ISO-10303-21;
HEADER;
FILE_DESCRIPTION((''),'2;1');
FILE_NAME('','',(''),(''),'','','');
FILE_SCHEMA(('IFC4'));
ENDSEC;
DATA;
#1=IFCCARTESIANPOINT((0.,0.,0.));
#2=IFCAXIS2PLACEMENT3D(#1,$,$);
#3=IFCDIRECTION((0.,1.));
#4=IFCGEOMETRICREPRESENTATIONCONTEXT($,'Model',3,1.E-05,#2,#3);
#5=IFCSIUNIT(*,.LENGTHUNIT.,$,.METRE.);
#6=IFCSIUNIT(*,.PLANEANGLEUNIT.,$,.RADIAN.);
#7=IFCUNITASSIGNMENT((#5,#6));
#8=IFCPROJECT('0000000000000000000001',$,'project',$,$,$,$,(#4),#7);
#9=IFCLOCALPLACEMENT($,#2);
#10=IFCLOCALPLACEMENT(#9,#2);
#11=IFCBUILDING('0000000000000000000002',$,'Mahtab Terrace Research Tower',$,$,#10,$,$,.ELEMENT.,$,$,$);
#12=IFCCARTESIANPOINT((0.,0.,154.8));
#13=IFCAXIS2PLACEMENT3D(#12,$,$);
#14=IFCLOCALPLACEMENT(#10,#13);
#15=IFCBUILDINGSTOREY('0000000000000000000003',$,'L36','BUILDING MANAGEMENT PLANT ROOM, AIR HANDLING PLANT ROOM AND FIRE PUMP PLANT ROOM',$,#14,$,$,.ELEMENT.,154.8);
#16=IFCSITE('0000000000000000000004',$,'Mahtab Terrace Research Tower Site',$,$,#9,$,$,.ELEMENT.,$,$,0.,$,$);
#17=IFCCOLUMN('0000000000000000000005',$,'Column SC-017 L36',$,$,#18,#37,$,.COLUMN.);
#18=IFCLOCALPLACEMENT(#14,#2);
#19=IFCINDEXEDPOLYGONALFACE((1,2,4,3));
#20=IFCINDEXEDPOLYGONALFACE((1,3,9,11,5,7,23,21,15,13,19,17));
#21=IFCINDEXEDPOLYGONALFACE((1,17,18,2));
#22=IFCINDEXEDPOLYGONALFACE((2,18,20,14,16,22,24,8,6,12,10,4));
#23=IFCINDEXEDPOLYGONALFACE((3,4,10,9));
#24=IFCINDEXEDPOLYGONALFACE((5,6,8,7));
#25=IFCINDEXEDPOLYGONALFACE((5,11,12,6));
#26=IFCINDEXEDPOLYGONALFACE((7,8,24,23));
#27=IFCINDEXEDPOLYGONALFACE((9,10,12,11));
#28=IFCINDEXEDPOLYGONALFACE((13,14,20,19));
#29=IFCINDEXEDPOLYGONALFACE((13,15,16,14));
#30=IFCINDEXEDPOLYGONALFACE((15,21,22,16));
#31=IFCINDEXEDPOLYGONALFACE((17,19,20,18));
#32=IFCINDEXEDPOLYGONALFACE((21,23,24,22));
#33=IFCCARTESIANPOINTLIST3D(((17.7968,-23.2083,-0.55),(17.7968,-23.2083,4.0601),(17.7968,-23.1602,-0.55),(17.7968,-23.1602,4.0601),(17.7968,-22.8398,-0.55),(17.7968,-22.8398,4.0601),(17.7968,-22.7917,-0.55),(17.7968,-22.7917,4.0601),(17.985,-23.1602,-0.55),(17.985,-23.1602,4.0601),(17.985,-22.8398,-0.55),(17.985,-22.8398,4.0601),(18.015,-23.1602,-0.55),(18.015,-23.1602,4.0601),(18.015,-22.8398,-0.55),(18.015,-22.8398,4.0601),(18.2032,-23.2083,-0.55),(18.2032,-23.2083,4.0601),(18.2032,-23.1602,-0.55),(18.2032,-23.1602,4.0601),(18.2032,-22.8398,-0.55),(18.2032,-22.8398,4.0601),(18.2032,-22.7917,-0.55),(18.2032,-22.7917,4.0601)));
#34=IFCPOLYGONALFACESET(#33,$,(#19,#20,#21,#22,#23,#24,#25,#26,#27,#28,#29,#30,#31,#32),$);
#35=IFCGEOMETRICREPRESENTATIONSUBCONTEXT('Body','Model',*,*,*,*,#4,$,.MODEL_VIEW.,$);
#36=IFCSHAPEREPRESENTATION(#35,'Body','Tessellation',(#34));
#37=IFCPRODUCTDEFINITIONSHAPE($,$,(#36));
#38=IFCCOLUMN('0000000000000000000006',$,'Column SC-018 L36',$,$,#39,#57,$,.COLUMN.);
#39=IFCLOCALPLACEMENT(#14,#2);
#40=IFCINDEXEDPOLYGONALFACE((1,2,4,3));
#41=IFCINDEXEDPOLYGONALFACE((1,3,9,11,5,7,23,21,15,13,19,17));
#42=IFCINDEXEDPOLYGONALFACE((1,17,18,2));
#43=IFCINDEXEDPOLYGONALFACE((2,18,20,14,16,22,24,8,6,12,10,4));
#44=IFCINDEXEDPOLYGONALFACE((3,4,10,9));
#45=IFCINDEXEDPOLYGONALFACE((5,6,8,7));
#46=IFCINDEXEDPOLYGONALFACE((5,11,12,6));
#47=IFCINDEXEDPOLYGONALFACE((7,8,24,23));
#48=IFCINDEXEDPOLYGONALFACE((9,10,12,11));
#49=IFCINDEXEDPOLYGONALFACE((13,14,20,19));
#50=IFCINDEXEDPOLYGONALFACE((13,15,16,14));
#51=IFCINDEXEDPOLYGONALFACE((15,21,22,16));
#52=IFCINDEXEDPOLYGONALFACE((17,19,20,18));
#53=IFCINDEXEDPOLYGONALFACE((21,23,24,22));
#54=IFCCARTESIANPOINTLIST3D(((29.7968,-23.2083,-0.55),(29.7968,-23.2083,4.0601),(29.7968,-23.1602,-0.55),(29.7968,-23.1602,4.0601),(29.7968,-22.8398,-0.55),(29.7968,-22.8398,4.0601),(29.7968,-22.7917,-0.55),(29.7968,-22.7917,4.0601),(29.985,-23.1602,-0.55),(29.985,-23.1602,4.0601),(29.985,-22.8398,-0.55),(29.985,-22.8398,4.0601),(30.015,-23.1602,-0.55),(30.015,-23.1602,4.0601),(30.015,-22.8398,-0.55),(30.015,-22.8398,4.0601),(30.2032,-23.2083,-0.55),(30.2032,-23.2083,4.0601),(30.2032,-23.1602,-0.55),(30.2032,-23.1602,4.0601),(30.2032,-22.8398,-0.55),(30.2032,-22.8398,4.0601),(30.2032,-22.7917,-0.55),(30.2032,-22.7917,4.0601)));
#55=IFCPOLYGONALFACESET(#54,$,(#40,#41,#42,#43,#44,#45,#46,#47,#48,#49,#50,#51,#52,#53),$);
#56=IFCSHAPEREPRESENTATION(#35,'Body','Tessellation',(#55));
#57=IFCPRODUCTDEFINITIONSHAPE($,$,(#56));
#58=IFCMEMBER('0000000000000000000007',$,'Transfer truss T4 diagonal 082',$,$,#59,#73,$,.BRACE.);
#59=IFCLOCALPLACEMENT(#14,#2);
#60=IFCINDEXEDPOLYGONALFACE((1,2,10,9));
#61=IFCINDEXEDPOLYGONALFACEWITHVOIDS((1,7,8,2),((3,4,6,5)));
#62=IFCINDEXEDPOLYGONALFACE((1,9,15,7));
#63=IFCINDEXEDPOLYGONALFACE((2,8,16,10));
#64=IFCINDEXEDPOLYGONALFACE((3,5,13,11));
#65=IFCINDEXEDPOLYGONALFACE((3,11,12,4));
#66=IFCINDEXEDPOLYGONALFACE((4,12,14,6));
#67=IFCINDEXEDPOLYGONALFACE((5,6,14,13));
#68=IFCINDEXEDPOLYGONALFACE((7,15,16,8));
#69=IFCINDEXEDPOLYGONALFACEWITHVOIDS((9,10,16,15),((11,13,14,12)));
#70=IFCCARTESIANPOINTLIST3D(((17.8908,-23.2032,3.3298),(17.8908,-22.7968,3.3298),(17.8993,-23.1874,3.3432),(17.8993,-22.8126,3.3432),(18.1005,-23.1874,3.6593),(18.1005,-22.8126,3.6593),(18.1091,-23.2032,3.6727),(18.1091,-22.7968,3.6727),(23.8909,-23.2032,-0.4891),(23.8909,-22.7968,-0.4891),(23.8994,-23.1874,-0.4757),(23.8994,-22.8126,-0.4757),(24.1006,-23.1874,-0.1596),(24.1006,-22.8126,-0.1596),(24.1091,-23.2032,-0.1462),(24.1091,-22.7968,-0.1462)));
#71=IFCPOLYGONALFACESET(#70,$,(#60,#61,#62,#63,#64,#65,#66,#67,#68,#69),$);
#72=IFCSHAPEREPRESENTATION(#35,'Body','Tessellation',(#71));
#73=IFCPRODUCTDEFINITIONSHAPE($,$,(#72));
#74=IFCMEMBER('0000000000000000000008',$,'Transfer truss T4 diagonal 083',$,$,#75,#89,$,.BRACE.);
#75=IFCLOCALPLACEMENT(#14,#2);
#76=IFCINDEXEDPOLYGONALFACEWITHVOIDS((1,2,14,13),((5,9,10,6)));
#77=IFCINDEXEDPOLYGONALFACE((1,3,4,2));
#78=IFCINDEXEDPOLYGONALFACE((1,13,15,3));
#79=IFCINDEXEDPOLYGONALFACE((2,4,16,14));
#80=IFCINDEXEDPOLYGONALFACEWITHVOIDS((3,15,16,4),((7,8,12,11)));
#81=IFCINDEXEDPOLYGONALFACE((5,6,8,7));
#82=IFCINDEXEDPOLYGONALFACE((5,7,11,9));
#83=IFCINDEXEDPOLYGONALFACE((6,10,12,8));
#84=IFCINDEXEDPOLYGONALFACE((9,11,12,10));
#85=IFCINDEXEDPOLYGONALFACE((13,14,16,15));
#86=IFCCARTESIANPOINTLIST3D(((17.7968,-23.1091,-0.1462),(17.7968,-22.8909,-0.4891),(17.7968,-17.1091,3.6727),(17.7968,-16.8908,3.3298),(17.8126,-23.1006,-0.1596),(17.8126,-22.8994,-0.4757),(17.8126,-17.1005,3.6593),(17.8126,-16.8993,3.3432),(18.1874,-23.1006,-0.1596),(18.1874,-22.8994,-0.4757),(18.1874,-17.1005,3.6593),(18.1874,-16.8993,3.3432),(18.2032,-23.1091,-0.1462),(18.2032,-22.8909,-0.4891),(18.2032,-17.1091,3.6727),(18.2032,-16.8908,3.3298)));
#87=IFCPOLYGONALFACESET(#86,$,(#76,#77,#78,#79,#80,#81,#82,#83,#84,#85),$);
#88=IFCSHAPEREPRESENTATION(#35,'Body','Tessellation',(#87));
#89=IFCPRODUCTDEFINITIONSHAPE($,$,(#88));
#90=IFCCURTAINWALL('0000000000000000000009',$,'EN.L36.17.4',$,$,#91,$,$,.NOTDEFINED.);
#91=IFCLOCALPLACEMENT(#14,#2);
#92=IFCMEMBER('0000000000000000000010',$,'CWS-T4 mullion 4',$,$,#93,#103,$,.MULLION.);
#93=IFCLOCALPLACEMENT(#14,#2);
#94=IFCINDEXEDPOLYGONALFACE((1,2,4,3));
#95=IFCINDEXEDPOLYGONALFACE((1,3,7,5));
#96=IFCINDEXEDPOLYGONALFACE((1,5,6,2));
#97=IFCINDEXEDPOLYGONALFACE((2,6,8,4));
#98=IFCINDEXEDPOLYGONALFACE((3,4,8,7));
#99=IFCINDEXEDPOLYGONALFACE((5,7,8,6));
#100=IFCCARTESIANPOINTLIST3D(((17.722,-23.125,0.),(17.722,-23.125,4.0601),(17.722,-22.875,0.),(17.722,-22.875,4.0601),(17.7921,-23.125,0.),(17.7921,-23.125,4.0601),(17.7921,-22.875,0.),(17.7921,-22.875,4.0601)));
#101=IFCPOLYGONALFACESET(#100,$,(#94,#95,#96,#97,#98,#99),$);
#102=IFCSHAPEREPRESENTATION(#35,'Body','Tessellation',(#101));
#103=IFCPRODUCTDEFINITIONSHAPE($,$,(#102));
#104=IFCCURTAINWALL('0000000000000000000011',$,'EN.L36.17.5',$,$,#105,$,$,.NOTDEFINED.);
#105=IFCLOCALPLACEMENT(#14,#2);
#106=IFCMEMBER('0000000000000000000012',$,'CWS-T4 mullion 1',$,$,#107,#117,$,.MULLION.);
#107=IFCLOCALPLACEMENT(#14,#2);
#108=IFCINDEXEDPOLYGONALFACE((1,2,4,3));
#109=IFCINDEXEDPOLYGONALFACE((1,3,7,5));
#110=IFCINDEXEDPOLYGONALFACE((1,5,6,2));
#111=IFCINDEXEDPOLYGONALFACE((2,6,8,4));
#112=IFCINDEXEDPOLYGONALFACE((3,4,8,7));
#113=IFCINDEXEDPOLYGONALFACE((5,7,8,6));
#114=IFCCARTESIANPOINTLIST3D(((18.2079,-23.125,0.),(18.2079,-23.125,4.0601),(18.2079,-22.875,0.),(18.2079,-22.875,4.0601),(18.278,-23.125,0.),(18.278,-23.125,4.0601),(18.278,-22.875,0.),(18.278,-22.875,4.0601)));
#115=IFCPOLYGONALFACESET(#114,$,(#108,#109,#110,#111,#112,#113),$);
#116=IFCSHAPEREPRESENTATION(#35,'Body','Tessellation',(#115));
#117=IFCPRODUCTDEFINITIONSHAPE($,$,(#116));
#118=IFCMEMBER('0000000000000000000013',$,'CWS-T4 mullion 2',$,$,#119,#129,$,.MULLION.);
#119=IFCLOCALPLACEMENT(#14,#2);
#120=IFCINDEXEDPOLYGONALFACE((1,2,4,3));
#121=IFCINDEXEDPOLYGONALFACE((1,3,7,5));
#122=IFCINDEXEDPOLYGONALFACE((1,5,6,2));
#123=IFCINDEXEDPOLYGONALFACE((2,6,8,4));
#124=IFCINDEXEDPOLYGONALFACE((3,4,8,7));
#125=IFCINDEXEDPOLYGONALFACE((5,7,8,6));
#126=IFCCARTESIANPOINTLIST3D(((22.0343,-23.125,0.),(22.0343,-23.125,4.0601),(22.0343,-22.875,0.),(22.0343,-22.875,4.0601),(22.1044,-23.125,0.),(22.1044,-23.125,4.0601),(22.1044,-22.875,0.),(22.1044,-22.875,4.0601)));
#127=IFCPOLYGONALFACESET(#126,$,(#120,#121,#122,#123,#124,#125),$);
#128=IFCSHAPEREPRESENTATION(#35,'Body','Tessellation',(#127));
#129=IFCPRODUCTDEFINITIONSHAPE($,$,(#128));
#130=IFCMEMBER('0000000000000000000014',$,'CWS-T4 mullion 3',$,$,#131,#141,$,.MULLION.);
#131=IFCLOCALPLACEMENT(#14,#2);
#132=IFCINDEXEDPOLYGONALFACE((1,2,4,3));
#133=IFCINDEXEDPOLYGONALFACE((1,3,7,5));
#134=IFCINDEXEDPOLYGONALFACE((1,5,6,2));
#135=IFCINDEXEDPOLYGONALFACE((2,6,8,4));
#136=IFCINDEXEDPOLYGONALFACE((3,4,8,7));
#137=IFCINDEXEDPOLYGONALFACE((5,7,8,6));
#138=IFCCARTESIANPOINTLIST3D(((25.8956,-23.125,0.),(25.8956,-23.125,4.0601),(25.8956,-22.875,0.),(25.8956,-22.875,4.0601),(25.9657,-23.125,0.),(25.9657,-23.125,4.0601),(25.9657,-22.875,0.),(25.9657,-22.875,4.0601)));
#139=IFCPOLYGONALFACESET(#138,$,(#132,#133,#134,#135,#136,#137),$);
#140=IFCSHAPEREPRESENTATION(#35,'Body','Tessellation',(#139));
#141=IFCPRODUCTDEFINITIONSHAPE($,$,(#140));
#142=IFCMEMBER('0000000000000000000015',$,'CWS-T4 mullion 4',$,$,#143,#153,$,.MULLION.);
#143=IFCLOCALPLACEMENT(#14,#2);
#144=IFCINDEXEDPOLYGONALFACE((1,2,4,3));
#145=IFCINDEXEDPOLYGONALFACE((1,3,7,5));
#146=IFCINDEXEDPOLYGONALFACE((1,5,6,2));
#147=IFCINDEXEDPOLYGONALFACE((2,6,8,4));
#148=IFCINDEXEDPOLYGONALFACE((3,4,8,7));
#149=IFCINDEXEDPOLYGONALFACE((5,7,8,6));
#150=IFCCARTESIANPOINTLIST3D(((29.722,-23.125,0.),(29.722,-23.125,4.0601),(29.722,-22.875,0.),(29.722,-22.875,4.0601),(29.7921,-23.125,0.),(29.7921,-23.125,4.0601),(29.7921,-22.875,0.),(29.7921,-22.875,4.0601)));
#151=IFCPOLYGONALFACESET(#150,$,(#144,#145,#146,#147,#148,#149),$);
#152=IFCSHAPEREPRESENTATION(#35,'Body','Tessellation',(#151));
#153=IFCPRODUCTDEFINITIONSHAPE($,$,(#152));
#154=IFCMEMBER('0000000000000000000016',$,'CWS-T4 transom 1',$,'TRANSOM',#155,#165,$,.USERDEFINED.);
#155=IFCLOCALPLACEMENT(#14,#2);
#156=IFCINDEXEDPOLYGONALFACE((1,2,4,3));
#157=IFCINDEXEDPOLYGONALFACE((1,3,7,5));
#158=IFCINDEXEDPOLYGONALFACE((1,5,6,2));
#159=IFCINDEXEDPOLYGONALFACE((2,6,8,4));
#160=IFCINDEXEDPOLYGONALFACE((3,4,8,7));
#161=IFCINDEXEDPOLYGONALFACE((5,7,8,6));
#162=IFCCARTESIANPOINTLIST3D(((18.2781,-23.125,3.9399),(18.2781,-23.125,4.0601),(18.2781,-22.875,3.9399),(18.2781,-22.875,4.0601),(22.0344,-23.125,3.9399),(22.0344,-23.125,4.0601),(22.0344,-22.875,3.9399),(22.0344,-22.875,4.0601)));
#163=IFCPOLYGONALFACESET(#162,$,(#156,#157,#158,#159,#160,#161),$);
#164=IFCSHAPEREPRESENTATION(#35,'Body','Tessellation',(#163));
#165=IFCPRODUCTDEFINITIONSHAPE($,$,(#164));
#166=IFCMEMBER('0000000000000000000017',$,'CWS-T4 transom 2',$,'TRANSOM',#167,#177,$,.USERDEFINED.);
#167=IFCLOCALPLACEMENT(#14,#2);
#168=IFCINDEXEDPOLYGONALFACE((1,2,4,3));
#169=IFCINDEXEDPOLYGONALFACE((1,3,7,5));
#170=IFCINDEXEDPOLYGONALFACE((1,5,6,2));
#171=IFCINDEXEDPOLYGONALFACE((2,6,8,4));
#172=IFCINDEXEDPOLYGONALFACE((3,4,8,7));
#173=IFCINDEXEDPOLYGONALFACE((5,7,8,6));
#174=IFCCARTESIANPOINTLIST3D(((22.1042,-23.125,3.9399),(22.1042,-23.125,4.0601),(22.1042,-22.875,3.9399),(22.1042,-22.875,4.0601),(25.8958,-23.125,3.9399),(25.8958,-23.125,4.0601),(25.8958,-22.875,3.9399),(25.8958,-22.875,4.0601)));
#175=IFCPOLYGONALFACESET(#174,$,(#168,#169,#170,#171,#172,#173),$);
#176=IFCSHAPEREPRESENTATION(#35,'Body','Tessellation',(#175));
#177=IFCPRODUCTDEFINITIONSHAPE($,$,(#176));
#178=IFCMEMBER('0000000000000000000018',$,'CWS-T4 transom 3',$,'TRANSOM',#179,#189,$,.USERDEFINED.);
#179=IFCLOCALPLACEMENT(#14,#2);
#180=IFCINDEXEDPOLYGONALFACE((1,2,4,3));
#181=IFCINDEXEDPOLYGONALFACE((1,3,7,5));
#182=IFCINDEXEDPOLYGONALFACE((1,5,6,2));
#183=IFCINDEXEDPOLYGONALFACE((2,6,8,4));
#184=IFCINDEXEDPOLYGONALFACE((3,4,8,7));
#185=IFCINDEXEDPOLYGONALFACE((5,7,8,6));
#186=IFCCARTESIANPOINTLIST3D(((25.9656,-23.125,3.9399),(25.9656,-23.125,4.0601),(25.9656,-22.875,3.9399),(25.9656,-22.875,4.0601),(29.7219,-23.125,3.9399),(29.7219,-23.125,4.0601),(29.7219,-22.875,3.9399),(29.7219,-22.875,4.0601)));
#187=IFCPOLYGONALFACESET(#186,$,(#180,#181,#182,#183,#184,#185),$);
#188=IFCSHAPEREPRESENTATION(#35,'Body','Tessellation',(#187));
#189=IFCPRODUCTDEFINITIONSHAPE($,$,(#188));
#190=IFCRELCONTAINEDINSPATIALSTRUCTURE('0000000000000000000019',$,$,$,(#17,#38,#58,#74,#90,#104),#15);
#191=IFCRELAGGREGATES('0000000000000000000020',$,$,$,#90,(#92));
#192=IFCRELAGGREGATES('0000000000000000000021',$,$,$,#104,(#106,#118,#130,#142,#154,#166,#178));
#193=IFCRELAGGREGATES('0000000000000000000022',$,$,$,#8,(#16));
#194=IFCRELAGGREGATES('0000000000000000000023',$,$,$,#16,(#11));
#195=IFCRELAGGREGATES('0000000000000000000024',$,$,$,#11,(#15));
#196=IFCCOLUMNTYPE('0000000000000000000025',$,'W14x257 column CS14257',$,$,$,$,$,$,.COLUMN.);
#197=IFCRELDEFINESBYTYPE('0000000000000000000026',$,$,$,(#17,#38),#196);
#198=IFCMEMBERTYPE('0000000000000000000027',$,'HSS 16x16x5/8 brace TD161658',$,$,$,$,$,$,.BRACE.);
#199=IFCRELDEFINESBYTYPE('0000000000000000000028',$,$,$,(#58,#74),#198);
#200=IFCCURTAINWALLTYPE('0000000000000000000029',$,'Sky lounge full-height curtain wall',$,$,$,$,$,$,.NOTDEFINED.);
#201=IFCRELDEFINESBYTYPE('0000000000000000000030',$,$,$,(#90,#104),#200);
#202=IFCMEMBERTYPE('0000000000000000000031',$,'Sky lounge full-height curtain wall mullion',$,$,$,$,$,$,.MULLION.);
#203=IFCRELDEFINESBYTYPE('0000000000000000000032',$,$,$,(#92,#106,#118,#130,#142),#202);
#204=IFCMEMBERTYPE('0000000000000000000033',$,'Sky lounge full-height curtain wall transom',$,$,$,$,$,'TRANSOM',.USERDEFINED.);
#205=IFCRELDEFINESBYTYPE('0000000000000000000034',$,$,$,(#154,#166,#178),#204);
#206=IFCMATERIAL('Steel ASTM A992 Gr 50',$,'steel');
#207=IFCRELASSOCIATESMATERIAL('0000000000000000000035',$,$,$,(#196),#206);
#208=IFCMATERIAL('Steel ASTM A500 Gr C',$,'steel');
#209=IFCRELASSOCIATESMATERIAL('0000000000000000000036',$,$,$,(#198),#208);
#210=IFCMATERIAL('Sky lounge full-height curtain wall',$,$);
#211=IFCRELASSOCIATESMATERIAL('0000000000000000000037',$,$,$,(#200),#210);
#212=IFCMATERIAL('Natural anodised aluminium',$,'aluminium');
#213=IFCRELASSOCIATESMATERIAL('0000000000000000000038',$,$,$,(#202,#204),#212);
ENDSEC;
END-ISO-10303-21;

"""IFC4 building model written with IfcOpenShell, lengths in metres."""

from ifc_helpers import new_model, si_unit, direction, frame, origin, origin_2d, place, context, subcontext, project, spatial, rectangle, hollow_rectangle, i_section, extrude, material, material_profile, profile_set, type_object, element, aggregate, save


model = new_model("IFC4")

# Units and contexts
model_context = context("Model", 3, precision=1e-05, world=origin(), true_north=direction((0.0, 1.0)))
body_context = subcontext(model_context, "Body", "Model", "MODEL_VIEW")
ifc_project = project(units=[si_unit("LENGTHUNIT", "METRE"), si_unit("PLANEANGLEUNIT", "RADIAN")], contexts=[model_context])

# Site, building, storey
site_placement = place(None, origin())
site = spatial("IfcSite", under=ifc_project, at=site_placement, Name="Mahtab Terrace Research Tower Site", CompositionType="ELEMENT", RefElevation=0.0)
building_placement = place(site_placement, origin())
building = spatial("IfcBuilding", under=site, at=building_placement, Name="Mahtab Terrace Research Tower", CompositionType="ELEMENT")
storey_placement = place(building_placement, frame((0.0, 0.0, 154.8)))
storey = spatial("IfcBuildingStorey", under=building, at=storey_placement, Name="L36", Description="BUILDING MANAGEMENT PLANT ROOM, AIR HANDLING PLANT ROOM AND FIRE PUMP PLANT ROOM", CompositionType="ELEMENT", Elevation=154.8)

# Columns
ifc_material_1 = material(Name="Steel ASTM A992 Gr 50", Category="steel")
ifc_material_profile_1 = material_profile(ifc_material_1, i_section(OverallWidth=0.4065, OverallDepth=0.4165, WebThickness=0.03, FlangeThickness=0.0481, at=origin_2d()), Name="W14X257")
ifc_profile_set_1 = profile_set([ifc_material_profile_1], Name="Steel ASTM A992 Gr 50")
column_type = type_object("IfcColumnType", Name="W14x257 column CS14257", PredefinedType="COLUMN", material=ifc_profile_set_1)
for number, where, z_axis, x_axis, name in (
    (1, (18.0, -23.0, -0.55), (0.0, 0.0, 1.0), (1.0, 0.0, 0.0), "Column SC-017 L36"),
    (2, (30.0, -23.0, -0.55), (0.0, 0.0, 1.0), (1.0, 0.0, 0.0), "Column SC-018 L36"),
):
    element("IfcColumn", number, at=place(storey_placement, frame(where, z_axis=z_axis, x_axis=x_axis)), inside=storey, type_object=column_type, Name=name, PredefinedType="COLUMN", context=body_context, shape_type="SweptSolid", body=[
        extrude(i_section(OverallWidth=0.4065, OverallDepth=0.4165, WebThickness=0.03, FlangeThickness=0.0481, at=origin_2d()), origin(), (0.0, 0.0, 1.0), 4.6101),
    ])

# Members
ifc_material_2 = material(Name="Steel ASTM A500 Gr C", Category="steel")
ifc_material_profile_2 = material_profile(ifc_material_2, hollow_rectangle(XDim=0.4065, YDim=0.4065, WallThickness=0.0159, at=origin_2d()), Name="HSS16X16X5/8")
ifc_profile_set_2 = profile_set([ifc_material_profile_2], Name="Steel ASTM A500 Gr C")
member_type_1 = type_object("IfcMemberType", Name="HSS 16x16x5/8 brace TD161658", PredefinedType="BRACE", material=ifc_profile_set_2)
for number, where, z_axis, x_axis, name in (
    (3, (24.0, -23.0, -0.3176), (-0.843619, 0.0, 0.536942), (0.0, -1.0, 0.0), "Transfer truss T4 diagonal 082"),
    (4, (18.0, -23.0, -0.3176), (0.0, 0.843619, 0.536942), (-1.0, 0.0, 0.0), "Transfer truss T4 diagonal 083"),
):
    element("IfcMember", number, at=place(storey_placement, frame(where, z_axis=z_axis, x_axis=x_axis)), inside=storey, type_object=member_type_1, Name=name, PredefinedType="BRACE", context=body_context, shape_type="SweptSolid", body=[
        extrude(hollow_rectangle(XDim=0.4065, YDim=0.4065, WallThickness=0.0159, at=origin_2d()), origin(), (0.0, 0.0, 1.0), 7.1123),
    ])

# Curtain wall, member
ifc_material_3 = material(Name="Sky lounge full-height curtain wall")
curtain_wall_type = type_object("IfcCurtainWallType", Name="Sky lounge full-height curtain wall", PredefinedType="NOTDEFINED", material=ifc_material_3)
curtain_wall_1_placement = place(storey_placement, origin())
curtain_wall_1 = element("IfcCurtainWall", 5, at=curtain_wall_1_placement, inside=storey, type_object=curtain_wall_type, Name="EN.L36.17.4", PredefinedType="NOTDEFINED")
ifc_material_4 = material(Name="Natural anodised aluminium", Category="aluminium")
ifc_material_profile_3 = material_profile(ifc_material_4, rectangle(XDim=0.25, YDim=0.0701, at=origin_2d()), Name="MULLION 70x250")
ifc_profile_set_3 = profile_set([ifc_material_profile_3], Name="Natural anodised aluminium")
member_type_2 = type_object("IfcMemberType", Name="Sky lounge full-height curtain wall mullion", PredefinedType="MULLION", material=ifc_profile_set_3)
member_1_placement = place(storey_placement, frame((17.7571, -23.0, 0.0), z_axis=(0.0, 0.0, 1.0), x_axis=(0.0, 1.0, 0.0)))
member_1 = element("IfcMember", 6, at=member_1_placement, type_object=member_type_2, Name="CWS-T4 mullion 4", PredefinedType="MULLION", context=body_context, shape_type="SweptSolid", body=[
    extrude(rectangle(XDim=0.25, YDim=0.0701, at=origin_2d()), origin(), (0.0, 0.0, 1.0), 4.0601),
])
aggregate(curtain_wall_1, [member_1])

# Curtain wall, members
curtain_wall_2_placement = place(storey_placement, origin())
curtain_wall_2 = element("IfcCurtainWall", 7, at=curtain_wall_2_placement, inside=storey, type_object=curtain_wall_type, Name="EN.L36.17.5", PredefinedType="NOTDEFINED")
member_2_placement = place(storey_placement, frame((18.2429, -23.0, 0.0), z_axis=(0.0, 0.0, 1.0), x_axis=(0.0, 1.0, 0.0)))
member_2 = element("IfcMember", 8, at=member_2_placement, type_object=member_type_2, Name="CWS-T4 mullion 1", PredefinedType="MULLION", context=body_context, shape_type="SweptSolid", body=[
    extrude(rectangle(XDim=0.25, YDim=0.0701, at=origin_2d()), origin(), (0.0, 0.0, 1.0), 4.0601),
])
member_3_placement = place(storey_placement, frame((22.0693, -23.0, 0.0), z_axis=(0.0, 0.0, 1.0), x_axis=(0.0, 1.0, 0.0)))
member_3 = element("IfcMember", 9, at=member_3_placement, type_object=member_type_2, Name="CWS-T4 mullion 2", PredefinedType="MULLION", context=body_context, shape_type="SweptSolid", body=[
    extrude(rectangle(XDim=0.25, YDim=0.0701, at=origin_2d()), origin(), (0.0, 0.0, 1.0), 4.0601),
])
member_4_placement = place(storey_placement, frame((25.9307, -23.0, 0.0), z_axis=(0.0, 0.0, 1.0), x_axis=(0.0, 1.0, 0.0)))
member_4 = element("IfcMember", 10, at=member_4_placement, type_object=member_type_2, Name="CWS-T4 mullion 3", PredefinedType="MULLION", context=body_context, shape_type="SweptSolid", body=[
    extrude(rectangle(XDim=0.25, YDim=0.0701, at=origin_2d()), origin(), (0.0, 0.0, 1.0), 4.0601),
])
member_5_placement = place(storey_placement, frame((29.7571, -23.0, 0.0), z_axis=(0.0, 0.0, 1.0), x_axis=(0.0, 1.0, 0.0)))
member_5 = element("IfcMember", 11, at=member_5_placement, type_object=member_type_2, Name="CWS-T4 mullion 4", PredefinedType="MULLION", context=body_context, shape_type="SweptSolid", body=[
    extrude(rectangle(XDim=0.25, YDim=0.0701, at=origin_2d()), origin(), (0.0, 0.0, 1.0), 4.0601),
])
ifc_material_profile_4 = material_profile(ifc_material_4, rectangle(XDim=0.25, YDim=0.1201, at=origin_2d()), Name="TRANSOM 120x250")
ifc_profile_set_4 = profile_set([ifc_material_profile_4], Name="Natural anodised aluminium")
member_type_3 = type_object("IfcMemberType", Name="Sky lounge full-height curtain wall transom", ElementType="TRANSOM", PredefinedType="USERDEFINED", material=ifc_profile_set_4)
member_6_placement = place(storey_placement, frame((18.2781, -23.0, 4.0), z_axis=(1.0, 0.0, 0.0), x_axis=(0.0, 1.0, 0.0)))
member_6 = element("IfcMember", 12, at=member_6_placement, type_object=member_type_3, Name="CWS-T4 transom 1", ObjectType="TRANSOM", PredefinedType="USERDEFINED", context=body_context, shape_type="SweptSolid", body=[
    extrude(rectangle(XDim=0.25, YDim=0.1201, at=origin_2d()), origin(), (0.0, 0.0, 1.0), 3.7563),
])
member_7_placement = place(storey_placement, frame((22.1042, -23.0, 4.0), z_axis=(1.0, 0.0, 0.0), x_axis=(0.0, 1.0, 0.0)))
member_7 = element("IfcMember", 13, at=member_7_placement, type_object=member_type_3, Name="CWS-T4 transom 2", ObjectType="TRANSOM", PredefinedType="USERDEFINED", context=body_context, shape_type="SweptSolid", body=[
    extrude(rectangle(XDim=0.25, YDim=0.1201, at=origin_2d()), origin(), (0.0, 0.0, 1.0), 3.7915),
])
member_8_placement = place(storey_placement, frame((25.9656, -23.0, 4.0), z_axis=(1.0, 0.0, 0.0), x_axis=(0.0, 1.0, 0.0)))
member_8 = element("IfcMember", 14, at=member_8_placement, type_object=member_type_3, Name="CWS-T4 transom 3", ObjectType="TRANSOM", PredefinedType="USERDEFINED", context=body_context, shape_type="SweptSolid", body=[
    extrude(rectangle(XDim=0.25, YDim=0.1201, at=origin_2d()), origin(), (0.0, 0.0, 1.0), 3.7563),
])

aggregate(curtain_wall_2, [member_2, member_3, member_4, member_5, member_6, member_7, member_8])

save(model, "model.ifc")
